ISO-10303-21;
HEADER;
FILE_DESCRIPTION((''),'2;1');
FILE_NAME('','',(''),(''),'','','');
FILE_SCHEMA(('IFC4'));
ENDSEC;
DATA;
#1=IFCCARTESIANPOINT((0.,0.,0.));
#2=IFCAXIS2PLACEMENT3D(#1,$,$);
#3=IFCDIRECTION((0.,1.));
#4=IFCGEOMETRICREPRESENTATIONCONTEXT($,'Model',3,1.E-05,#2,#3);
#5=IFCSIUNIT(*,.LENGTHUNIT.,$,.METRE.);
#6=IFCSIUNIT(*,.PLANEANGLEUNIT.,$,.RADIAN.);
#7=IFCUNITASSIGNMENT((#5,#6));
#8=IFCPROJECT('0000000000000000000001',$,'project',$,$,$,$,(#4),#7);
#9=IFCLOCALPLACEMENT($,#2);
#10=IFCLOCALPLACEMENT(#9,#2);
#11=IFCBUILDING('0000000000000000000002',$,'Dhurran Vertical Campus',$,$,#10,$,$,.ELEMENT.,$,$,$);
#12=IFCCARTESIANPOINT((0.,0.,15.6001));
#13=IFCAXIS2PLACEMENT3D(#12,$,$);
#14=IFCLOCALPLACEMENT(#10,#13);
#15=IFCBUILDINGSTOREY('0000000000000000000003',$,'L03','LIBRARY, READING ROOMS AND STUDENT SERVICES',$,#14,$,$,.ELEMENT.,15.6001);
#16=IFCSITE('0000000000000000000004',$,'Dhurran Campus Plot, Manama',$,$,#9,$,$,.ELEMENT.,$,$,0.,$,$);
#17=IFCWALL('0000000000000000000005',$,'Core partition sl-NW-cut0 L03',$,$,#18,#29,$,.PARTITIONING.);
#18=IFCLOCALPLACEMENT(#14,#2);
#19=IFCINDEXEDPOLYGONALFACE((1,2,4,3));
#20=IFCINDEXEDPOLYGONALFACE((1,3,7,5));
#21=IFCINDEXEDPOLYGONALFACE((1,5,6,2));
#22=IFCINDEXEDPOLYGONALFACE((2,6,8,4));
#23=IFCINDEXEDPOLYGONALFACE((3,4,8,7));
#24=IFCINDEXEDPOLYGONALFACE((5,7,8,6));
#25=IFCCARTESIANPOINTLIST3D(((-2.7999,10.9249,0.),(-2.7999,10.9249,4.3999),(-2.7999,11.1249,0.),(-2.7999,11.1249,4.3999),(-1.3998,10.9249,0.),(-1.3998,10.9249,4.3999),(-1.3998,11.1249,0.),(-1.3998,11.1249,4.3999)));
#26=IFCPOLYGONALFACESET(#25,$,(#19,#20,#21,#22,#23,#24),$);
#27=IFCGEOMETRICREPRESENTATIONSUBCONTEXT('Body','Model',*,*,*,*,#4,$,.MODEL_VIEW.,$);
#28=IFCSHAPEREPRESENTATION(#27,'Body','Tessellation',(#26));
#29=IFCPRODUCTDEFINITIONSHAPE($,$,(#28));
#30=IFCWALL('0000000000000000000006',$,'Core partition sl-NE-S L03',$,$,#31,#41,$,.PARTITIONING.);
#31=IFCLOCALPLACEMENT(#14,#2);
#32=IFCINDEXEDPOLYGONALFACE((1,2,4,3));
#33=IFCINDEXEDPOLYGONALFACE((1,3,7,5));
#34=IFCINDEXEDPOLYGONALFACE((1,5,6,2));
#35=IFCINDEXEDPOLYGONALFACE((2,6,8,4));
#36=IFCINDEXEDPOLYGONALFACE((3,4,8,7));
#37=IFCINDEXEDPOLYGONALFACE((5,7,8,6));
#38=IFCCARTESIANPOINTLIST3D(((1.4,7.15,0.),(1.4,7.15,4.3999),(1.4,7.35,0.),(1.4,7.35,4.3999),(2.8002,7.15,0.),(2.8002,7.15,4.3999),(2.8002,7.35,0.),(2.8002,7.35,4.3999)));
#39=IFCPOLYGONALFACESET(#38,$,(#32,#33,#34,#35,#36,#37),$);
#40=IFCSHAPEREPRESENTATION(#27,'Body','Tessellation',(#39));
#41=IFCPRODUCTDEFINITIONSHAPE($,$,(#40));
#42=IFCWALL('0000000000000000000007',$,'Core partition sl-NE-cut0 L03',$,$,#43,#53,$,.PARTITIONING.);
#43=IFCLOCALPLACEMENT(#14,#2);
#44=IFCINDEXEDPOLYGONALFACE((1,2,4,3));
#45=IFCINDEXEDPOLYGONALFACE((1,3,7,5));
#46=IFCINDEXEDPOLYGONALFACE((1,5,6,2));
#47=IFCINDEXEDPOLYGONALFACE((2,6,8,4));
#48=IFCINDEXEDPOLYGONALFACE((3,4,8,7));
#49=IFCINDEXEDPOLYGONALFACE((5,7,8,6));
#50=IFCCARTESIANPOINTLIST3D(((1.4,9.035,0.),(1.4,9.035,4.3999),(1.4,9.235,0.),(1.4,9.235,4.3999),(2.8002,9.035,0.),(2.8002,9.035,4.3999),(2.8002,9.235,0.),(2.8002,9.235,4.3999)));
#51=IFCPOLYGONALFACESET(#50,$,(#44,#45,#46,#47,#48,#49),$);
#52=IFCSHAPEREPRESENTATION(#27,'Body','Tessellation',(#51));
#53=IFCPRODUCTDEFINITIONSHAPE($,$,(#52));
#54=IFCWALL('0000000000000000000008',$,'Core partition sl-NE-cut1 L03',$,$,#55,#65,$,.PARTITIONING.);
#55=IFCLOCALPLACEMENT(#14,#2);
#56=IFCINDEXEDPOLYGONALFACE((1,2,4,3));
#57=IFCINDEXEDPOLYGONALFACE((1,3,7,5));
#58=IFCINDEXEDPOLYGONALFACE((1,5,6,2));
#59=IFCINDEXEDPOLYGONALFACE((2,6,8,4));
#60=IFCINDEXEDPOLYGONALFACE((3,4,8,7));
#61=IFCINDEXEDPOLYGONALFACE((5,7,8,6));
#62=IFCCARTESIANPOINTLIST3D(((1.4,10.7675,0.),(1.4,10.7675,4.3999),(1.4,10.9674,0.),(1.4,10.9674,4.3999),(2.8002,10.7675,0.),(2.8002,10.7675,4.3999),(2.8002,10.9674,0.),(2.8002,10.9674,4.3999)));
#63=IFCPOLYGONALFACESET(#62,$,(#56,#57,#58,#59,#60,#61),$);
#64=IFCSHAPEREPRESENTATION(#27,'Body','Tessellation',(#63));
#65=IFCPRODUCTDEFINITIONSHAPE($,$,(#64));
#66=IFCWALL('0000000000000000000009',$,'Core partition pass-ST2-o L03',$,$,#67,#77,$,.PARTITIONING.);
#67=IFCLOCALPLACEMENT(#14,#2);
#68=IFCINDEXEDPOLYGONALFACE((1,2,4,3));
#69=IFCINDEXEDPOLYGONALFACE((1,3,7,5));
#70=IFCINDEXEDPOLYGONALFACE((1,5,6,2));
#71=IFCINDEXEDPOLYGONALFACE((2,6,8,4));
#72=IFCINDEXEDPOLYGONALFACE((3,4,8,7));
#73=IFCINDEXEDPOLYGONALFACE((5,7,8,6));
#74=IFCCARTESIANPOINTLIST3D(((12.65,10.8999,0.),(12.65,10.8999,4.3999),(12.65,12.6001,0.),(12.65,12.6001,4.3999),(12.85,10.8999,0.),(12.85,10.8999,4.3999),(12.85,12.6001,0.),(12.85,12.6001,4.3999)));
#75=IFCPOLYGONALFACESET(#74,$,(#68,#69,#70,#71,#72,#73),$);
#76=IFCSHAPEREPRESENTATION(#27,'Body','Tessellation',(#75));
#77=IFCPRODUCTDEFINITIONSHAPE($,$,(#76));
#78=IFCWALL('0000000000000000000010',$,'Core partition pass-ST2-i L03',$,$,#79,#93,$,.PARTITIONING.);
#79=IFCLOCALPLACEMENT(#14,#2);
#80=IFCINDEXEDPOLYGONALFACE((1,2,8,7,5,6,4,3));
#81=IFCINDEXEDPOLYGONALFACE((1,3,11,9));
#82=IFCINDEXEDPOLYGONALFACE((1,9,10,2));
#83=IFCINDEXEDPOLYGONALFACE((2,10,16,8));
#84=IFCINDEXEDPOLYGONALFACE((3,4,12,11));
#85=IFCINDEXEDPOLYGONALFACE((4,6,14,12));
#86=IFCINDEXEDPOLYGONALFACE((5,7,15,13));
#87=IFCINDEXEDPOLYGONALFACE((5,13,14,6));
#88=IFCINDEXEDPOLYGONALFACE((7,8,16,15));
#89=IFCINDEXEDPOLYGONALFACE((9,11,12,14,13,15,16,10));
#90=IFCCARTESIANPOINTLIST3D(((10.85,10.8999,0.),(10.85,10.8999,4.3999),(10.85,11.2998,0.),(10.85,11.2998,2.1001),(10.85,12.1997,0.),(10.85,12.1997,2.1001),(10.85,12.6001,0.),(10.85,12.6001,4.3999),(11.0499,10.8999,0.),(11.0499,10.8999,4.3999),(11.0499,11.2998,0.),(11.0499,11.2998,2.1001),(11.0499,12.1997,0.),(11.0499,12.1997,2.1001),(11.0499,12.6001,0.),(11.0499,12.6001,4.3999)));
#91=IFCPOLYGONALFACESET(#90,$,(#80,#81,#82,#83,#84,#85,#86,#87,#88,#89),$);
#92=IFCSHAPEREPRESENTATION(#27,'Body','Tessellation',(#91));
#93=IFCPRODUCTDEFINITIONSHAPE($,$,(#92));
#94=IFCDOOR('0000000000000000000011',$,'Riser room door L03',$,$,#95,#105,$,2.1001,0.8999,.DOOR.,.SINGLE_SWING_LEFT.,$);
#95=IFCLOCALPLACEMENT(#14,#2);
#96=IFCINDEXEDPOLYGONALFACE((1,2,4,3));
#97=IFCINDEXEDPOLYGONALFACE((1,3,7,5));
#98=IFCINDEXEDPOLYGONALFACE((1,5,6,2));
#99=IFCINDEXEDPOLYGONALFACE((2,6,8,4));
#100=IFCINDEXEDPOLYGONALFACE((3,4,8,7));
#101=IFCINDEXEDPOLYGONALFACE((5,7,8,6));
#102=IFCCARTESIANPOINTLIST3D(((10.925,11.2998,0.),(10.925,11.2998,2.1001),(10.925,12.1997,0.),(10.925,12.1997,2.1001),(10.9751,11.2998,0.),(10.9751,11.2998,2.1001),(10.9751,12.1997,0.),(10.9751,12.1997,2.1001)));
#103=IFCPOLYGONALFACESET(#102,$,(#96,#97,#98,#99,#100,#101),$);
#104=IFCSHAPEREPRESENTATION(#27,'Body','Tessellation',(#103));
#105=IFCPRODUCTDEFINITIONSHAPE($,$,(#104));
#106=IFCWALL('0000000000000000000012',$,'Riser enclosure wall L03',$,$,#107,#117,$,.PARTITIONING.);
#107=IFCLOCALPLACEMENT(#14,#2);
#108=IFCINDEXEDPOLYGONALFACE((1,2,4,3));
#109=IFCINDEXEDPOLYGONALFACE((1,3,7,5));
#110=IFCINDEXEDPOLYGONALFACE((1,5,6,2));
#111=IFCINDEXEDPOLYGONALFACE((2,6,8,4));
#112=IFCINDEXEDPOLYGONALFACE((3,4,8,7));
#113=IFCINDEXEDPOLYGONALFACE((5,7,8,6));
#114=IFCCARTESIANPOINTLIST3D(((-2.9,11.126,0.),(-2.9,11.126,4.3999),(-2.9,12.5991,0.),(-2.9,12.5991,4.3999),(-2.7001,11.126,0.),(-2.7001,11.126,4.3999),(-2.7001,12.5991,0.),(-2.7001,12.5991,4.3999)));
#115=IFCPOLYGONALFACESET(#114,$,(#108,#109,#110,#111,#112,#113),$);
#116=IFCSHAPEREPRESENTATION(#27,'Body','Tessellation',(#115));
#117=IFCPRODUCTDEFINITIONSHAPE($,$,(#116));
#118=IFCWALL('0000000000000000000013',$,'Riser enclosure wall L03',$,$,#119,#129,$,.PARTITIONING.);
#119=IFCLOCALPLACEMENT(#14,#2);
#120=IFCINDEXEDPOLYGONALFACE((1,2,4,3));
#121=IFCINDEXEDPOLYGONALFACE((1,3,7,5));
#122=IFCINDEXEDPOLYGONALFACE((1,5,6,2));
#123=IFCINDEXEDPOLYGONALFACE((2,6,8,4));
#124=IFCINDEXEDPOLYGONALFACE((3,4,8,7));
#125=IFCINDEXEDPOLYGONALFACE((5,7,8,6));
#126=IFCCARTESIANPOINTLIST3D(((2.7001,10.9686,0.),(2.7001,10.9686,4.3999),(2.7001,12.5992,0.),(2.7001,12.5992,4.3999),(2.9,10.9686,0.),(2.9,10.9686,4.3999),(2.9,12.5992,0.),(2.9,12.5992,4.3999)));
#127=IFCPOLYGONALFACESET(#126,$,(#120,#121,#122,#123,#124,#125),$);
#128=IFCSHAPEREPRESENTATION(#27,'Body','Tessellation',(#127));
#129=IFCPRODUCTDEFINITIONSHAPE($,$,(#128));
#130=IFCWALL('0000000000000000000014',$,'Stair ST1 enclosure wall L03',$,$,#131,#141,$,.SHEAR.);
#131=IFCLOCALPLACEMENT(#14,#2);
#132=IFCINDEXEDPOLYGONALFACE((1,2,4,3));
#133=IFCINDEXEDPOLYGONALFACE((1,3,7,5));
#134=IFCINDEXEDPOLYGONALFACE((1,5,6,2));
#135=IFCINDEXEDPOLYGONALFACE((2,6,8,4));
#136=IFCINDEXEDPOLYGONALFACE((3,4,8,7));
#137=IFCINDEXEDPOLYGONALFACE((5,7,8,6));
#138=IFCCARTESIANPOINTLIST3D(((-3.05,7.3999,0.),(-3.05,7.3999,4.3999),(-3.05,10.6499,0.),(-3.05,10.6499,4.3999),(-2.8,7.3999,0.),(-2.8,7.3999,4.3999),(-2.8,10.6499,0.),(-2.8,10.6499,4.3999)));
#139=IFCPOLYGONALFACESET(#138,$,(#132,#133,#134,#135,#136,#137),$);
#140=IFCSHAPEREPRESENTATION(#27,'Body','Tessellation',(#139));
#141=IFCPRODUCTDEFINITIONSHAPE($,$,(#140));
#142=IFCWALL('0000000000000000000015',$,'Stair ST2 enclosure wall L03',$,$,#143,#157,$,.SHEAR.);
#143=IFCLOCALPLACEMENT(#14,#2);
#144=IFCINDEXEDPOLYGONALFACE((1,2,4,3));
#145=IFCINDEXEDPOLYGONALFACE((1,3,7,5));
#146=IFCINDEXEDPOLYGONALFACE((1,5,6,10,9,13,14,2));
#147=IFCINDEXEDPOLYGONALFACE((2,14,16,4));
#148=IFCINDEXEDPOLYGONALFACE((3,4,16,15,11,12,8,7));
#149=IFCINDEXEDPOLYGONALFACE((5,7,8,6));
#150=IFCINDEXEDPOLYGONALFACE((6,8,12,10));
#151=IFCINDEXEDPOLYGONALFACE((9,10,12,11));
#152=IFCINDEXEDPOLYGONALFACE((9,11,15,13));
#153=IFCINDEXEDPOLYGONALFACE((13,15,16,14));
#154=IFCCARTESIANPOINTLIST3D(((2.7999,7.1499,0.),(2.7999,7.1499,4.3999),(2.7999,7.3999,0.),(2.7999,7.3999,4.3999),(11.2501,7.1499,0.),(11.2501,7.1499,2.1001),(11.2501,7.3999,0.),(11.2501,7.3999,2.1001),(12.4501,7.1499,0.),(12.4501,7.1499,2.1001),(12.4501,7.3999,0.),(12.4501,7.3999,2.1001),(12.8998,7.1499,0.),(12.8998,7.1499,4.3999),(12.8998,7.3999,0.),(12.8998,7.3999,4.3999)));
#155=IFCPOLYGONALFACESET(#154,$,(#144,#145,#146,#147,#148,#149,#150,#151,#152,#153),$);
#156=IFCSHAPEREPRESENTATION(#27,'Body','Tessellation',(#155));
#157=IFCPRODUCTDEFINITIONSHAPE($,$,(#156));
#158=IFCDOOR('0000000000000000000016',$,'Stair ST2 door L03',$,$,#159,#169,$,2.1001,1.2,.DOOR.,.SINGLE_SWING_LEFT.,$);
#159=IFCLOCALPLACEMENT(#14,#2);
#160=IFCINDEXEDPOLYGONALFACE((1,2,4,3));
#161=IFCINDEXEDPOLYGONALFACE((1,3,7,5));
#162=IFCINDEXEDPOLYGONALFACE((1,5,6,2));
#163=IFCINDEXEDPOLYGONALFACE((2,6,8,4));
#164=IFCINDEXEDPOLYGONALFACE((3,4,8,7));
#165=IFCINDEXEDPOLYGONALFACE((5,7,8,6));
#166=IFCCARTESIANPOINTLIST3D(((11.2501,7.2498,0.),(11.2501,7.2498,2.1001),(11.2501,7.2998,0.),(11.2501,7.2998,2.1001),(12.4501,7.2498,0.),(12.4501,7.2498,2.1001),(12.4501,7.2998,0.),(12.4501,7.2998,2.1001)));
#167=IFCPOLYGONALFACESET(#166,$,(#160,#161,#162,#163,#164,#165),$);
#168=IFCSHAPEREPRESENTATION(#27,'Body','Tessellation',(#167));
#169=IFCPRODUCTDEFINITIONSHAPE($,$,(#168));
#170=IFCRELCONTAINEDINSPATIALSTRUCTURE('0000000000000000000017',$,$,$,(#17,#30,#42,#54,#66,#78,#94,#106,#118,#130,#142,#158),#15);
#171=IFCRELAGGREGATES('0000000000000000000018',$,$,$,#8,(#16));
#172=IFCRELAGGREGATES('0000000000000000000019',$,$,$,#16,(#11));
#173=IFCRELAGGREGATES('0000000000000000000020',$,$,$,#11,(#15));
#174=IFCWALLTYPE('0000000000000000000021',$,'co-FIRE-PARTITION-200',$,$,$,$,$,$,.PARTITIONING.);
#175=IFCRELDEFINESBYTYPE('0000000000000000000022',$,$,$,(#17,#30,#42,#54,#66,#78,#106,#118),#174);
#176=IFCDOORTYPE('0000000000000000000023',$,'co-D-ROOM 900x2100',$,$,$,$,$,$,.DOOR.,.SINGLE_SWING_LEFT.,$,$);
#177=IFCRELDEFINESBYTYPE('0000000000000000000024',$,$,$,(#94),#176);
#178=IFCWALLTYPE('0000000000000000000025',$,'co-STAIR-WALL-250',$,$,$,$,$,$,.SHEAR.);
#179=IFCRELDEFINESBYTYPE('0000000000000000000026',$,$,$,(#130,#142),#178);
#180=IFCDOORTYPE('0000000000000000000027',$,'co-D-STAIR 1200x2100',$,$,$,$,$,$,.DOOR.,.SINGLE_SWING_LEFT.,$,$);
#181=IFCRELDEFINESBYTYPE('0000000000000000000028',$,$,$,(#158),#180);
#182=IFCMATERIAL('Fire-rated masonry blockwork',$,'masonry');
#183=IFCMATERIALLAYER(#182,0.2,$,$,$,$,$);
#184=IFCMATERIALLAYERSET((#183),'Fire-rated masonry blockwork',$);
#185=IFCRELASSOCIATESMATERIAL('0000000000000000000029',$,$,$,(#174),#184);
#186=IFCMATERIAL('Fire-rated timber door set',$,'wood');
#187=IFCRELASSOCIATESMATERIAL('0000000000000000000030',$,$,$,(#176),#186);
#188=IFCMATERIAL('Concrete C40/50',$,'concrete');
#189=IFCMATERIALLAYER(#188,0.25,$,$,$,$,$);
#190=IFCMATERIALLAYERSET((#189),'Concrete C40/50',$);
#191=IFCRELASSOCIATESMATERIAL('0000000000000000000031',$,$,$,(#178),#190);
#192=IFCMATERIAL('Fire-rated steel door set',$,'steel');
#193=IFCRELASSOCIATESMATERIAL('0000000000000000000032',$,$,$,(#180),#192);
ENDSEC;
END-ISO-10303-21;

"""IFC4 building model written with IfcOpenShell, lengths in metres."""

from ifc_helpers import new_model, si_unit, direction, frame, frame_2d, origin, place, context, subcontext, project, spatial, rectangle, extrude, material, layer, layer_set, type_object, element, fill, save


model = new_model("IFC4")

# Units and contexts
model_context = context("Model", 3, precision=1e-05, world=origin(), true_north=direction((0.0, 1.0)))
body_context = subcontext(model_context, "Body", "Model", "MODEL_VIEW")
ifc_project = project(units=[si_unit("LENGTHUNIT", "METRE"), si_unit("PLANEANGLEUNIT", "RADIAN")], contexts=[model_context])

# Site, building, storey
site_placement = place(None, origin())
site = spatial("IfcSite", under=ifc_project, at=site_placement, Name="Dhurran Campus Plot, Manama", CompositionType="ELEMENT", RefElevation=0.0)
building_placement = place(site_placement, origin())
building = spatial("IfcBuilding", under=site, at=building_placement, Name="Dhurran Vertical Campus", CompositionType="ELEMENT")
storey_placement = place(building_placement, frame((0.0, 0.0, 15.6001)))
storey = spatial("IfcBuildingStorey", under=building, at=storey_placement, Name="L03", Description="LIBRARY, READING ROOMS AND STUDENT SERVICES", CompositionType="ELEMENT", Elevation=15.6001)

# Walls
ifc_material_1 = material(Name="Fire-rated masonry blockwork", Category="masonry")
ifc_layer_1 = layer(ifc_material_1, 0.2)
ifc_layer_set_1 = layer_set([ifc_layer_1], Name="Fire-rated masonry blockwork")
wall_type_1 = type_object("IfcWallType", Name="co-FIRE-PARTITION-200", PredefinedType="PARTITIONING", material=ifc_layer_set_1)
for number, where, z_axis, x_axis, name in (
    (1, (-2.8, 11.0249, 0.0), (0.0, 0.0, 1.0), (1.0, 0.0, 0.0), "Core partition sl-NW-cut0 L03"),
    (2, (1.3999, 7.25, 0.0), (0.0, 0.0, 1.0), (1.0, 0.0, 0.0), "Core partition sl-NE-S L03"),
    (3, (1.3999, 9.135, 0.0), (0.0, 0.0, 1.0), (1.0, 0.0, 0.0), "Core partition sl-NE-cut0 L03"),
    (4, (1.3999, 10.8674, 0.0), (0.0, 0.0, 1.0), (1.0, 0.0, 0.0), "Core partition sl-NE-cut1 L03"),
):
    element("IfcWall", number, at=place(storey_placement, frame(where, z_axis=z_axis, x_axis=x_axis)), inside=storey, type_object=wall_type_1, Name=name, PredefinedType="PARTITIONING", context=body_context, shape_type="SweptSolid", body=[
        extrude(rectangle(XDim=1.4001, YDim=0.2, at=frame_2d((0.7002, 0.0))), origin(), (0.0, 0.0, 1.0), 4.3999),
    ])
wall_1_placement = place(storey_placement, frame((12.75, 10.8999, 0.0), z_axis=(0.0, 0.0, 1.0), x_axis=(0.0, 1.0, 0.0)))
element("IfcWall", 5, at=wall_1_placement, inside=storey, type_object=wall_type_1, Name="Core partition pass-ST2-o L03", PredefinedType="PARTITIONING", context=body_context, shape_type="SweptSolid", body=[
    extrude(rectangle(XDim=1.7002, YDim=0.2, at=frame_2d((0.8501, 0.0))), origin(), (0.0, 0.0, 1.0), 4.3999),
])

# Wall, opening, door
wall_2_placement = place(storey_placement, frame((10.95, 10.8999, 0.0), z_axis=(0.0, 0.0, 1.0), x_axis=(0.0, 1.0, 0.0)))
wall_2 = element("IfcWall", 6, at=wall_2_placement, inside=storey, type_object=wall_type_1, Name="Core partition pass-ST2-i L03", PredefinedType="PARTITIONING", context=body_context, shape_type="SweptSolid", body=[
    extrude(rectangle(XDim=1.7002, YDim=0.2, at=frame_2d((0.8501, 0.0))), origin(), (0.0, 0.0, 1.0), 4.3999),
])
opening_1_placement = place(wall_2_placement, frame((0.3999, 0.0, 0.0)))
opening_1 = element("IfcOpeningElement", 7, at=opening_1_placement, cuts=wall_2, PredefinedType="OPENING", context=body_context, shape_type="SweptSolid", body=[
    extrude(rectangle(XDim=0.8999, YDim=2.1001, at=frame_2d((0.45, 1.05))), frame((0.0, 0.1099, 0.0), z_axis=(0.0, -1.0, 0.0), x_axis=(1.0, 0.0, 0.0)), (0.0, 0.0, 1.0), 0.22),
])
ifc_material_2 = material(Name="Fire-rated timber door set", Category="wood")
door_type_1 = type_object("IfcDoorType", Name="co-D-ROOM 900x2100", OperationType="SINGLE_SWING_LEFT", PredefinedType="DOOR", material=ifc_material_2)
door_1_placement = place(opening_1_placement, origin())
door_1 = element("IfcDoor", 8, at=door_1_placement, inside=storey, type_object=door_type_1, Name="Riser room door L03", OperationType="SINGLE_SWING_LEFT", OverallHeight=2.1001, OverallWidth=0.8999, PredefinedType="DOOR", context=body_context, shape_type="SweptSolid", body=[
    extrude(rectangle(XDim=0.8999, YDim=2.1001, at=frame_2d((0.45, 1.05))), frame((0.0, 0.0249, 0.0), z_axis=(0.0, -1.0, 0.0), x_axis=(1.0, 0.0, 0.0)), (0.0, 0.0, 1.0), 0.05),
])
fill(opening_1, door_1)

# Walls
wall_3_placement = place(storey_placement, frame((-2.8, 11.126, 0.0), z_axis=(0.0, 0.0, 1.0), x_axis=(0.0, 1.0, 0.0)))
element("IfcWall", 9, at=wall_3_placement, inside=storey, type_object=wall_type_1, Name="Riser enclosure wall L03", PredefinedType="PARTITIONING", context=body_context, shape_type="SweptSolid", body=[
    extrude(rectangle(XDim=1.4731, YDim=0.2, at=frame_2d((0.7366, 0.0))), origin(), (0.0, 0.0, 1.0), 4.3999),
])
wall_4_placement = place(storey_placement, frame((2.8, 10.9685, 0.0), z_axis=(0.0, 0.0, 1.0), x_axis=(0.0, 1.0, 0.0)))
element("IfcWall", 10, at=wall_4_placement, inside=storey, type_object=wall_type_1, Name="Riser enclosure wall L03", PredefinedType="PARTITIONING", context=body_context, shape_type="SweptSolid", body=[
    extrude(rectangle(XDim=1.6306, YDim=0.2, at=frame_2d((0.8154, 0.0))), origin(), (0.0, 0.0, 1.0), 4.3999),
])
ifc_material_3 = material(Name="Concrete C40/50", Category="concrete")
ifc_layer_2 = layer(ifc_material_3, 0.25)
ifc_layer_set_2 = layer_set([ifc_layer_2], Name="Concrete C40/50")
wall_type_2 = type_object("IfcWallType", Name="co-STAIR-WALL-250", PredefinedType="SHEAR", material=ifc_layer_set_2)
wall_5_placement = place(storey_placement, frame((-2.925, 7.3999, 0.0), z_axis=(0.0, 0.0, 1.0), x_axis=(0.0, 1.0, 0.0)))
element("IfcWall", 11, at=wall_5_placement, inside=storey, type_object=wall_type_2, Name="Stair ST1 enclosure wall L03", PredefinedType="SHEAR", context=body_context, shape_type="SweptSolid", body=[
    extrude(rectangle(XDim=3.25, YDim=0.25, at=frame_2d((1.625, 0.0))), origin(), (0.0, 0.0, 1.0), 4.3999),
])

# Wall, opening, door
wall_6_placement = place(storey_placement, frame((2.8, 7.2749, 0.0), z_axis=(0.0, 0.0, 1.0), x_axis=(1.0, 0.0, 0.0)))
wall_6 = element("IfcWall", 12, at=wall_6_placement, inside=storey, type_object=wall_type_2, Name="Stair ST2 enclosure wall L03", PredefinedType="SHEAR", context=body_context, shape_type="SweptSolid", body=[
    extrude(rectangle(XDim=10.0999, YDim=0.25, at=frame_2d((5.0498, 0.0))), origin(), (0.0, 0.0, 1.0), 4.3999),
])
opening_2_placement = place(wall_6_placement, frame((8.45, 0.0, 0.0)))
opening_2 = element("IfcOpeningElement", 13, at=opening_2_placement, cuts=wall_6, PredefinedType="OPENING", context=body_context, shape_type="SweptSolid", body=[
    extrude(rectangle(XDim=1.2, YDim=2.1001, at=frame_2d((0.6001, 1.05))), frame((0.0, 0.135, 0.0), z_axis=(0.0, -1.0, 0.0), x_axis=(1.0, 0.0, 0.0)), (0.0, 0.0, 1.0), 0.27),
])
ifc_material_4 = material(Name="Fire-rated steel door set", Category="steel")
door_type_2 = type_object("IfcDoorType", Name="co-D-STAIR 1200x2100", OperationType="SINGLE_SWING_LEFT", PredefinedType="DOOR", material=ifc_material_4)
door_2_placement = place(opening_2_placement, origin())
door_2 = element("IfcDoor", 14, at=door_2_placement, inside=storey, type_object=door_type_2, Name="Stair ST2 door L03", OperationType="SINGLE_SWING_LEFT", OverallHeight=2.1001, OverallWidth=1.2, PredefinedType="DOOR", context=body_context, shape_type="SweptSolid", body=[
    extrude(rectangle(XDim=1.2, YDim=2.1001, at=frame_2d((0.6001, 1.05))), frame((0.0, 0.0249, 0.0), z_axis=(0.0, -1.0, 0.0), x_axis=(1.0, 0.0, 0.0)), (0.0, 0.0, 1.0), 0.05),
])
fill(opening_2, door_2)

save(model, "model.ifc")
